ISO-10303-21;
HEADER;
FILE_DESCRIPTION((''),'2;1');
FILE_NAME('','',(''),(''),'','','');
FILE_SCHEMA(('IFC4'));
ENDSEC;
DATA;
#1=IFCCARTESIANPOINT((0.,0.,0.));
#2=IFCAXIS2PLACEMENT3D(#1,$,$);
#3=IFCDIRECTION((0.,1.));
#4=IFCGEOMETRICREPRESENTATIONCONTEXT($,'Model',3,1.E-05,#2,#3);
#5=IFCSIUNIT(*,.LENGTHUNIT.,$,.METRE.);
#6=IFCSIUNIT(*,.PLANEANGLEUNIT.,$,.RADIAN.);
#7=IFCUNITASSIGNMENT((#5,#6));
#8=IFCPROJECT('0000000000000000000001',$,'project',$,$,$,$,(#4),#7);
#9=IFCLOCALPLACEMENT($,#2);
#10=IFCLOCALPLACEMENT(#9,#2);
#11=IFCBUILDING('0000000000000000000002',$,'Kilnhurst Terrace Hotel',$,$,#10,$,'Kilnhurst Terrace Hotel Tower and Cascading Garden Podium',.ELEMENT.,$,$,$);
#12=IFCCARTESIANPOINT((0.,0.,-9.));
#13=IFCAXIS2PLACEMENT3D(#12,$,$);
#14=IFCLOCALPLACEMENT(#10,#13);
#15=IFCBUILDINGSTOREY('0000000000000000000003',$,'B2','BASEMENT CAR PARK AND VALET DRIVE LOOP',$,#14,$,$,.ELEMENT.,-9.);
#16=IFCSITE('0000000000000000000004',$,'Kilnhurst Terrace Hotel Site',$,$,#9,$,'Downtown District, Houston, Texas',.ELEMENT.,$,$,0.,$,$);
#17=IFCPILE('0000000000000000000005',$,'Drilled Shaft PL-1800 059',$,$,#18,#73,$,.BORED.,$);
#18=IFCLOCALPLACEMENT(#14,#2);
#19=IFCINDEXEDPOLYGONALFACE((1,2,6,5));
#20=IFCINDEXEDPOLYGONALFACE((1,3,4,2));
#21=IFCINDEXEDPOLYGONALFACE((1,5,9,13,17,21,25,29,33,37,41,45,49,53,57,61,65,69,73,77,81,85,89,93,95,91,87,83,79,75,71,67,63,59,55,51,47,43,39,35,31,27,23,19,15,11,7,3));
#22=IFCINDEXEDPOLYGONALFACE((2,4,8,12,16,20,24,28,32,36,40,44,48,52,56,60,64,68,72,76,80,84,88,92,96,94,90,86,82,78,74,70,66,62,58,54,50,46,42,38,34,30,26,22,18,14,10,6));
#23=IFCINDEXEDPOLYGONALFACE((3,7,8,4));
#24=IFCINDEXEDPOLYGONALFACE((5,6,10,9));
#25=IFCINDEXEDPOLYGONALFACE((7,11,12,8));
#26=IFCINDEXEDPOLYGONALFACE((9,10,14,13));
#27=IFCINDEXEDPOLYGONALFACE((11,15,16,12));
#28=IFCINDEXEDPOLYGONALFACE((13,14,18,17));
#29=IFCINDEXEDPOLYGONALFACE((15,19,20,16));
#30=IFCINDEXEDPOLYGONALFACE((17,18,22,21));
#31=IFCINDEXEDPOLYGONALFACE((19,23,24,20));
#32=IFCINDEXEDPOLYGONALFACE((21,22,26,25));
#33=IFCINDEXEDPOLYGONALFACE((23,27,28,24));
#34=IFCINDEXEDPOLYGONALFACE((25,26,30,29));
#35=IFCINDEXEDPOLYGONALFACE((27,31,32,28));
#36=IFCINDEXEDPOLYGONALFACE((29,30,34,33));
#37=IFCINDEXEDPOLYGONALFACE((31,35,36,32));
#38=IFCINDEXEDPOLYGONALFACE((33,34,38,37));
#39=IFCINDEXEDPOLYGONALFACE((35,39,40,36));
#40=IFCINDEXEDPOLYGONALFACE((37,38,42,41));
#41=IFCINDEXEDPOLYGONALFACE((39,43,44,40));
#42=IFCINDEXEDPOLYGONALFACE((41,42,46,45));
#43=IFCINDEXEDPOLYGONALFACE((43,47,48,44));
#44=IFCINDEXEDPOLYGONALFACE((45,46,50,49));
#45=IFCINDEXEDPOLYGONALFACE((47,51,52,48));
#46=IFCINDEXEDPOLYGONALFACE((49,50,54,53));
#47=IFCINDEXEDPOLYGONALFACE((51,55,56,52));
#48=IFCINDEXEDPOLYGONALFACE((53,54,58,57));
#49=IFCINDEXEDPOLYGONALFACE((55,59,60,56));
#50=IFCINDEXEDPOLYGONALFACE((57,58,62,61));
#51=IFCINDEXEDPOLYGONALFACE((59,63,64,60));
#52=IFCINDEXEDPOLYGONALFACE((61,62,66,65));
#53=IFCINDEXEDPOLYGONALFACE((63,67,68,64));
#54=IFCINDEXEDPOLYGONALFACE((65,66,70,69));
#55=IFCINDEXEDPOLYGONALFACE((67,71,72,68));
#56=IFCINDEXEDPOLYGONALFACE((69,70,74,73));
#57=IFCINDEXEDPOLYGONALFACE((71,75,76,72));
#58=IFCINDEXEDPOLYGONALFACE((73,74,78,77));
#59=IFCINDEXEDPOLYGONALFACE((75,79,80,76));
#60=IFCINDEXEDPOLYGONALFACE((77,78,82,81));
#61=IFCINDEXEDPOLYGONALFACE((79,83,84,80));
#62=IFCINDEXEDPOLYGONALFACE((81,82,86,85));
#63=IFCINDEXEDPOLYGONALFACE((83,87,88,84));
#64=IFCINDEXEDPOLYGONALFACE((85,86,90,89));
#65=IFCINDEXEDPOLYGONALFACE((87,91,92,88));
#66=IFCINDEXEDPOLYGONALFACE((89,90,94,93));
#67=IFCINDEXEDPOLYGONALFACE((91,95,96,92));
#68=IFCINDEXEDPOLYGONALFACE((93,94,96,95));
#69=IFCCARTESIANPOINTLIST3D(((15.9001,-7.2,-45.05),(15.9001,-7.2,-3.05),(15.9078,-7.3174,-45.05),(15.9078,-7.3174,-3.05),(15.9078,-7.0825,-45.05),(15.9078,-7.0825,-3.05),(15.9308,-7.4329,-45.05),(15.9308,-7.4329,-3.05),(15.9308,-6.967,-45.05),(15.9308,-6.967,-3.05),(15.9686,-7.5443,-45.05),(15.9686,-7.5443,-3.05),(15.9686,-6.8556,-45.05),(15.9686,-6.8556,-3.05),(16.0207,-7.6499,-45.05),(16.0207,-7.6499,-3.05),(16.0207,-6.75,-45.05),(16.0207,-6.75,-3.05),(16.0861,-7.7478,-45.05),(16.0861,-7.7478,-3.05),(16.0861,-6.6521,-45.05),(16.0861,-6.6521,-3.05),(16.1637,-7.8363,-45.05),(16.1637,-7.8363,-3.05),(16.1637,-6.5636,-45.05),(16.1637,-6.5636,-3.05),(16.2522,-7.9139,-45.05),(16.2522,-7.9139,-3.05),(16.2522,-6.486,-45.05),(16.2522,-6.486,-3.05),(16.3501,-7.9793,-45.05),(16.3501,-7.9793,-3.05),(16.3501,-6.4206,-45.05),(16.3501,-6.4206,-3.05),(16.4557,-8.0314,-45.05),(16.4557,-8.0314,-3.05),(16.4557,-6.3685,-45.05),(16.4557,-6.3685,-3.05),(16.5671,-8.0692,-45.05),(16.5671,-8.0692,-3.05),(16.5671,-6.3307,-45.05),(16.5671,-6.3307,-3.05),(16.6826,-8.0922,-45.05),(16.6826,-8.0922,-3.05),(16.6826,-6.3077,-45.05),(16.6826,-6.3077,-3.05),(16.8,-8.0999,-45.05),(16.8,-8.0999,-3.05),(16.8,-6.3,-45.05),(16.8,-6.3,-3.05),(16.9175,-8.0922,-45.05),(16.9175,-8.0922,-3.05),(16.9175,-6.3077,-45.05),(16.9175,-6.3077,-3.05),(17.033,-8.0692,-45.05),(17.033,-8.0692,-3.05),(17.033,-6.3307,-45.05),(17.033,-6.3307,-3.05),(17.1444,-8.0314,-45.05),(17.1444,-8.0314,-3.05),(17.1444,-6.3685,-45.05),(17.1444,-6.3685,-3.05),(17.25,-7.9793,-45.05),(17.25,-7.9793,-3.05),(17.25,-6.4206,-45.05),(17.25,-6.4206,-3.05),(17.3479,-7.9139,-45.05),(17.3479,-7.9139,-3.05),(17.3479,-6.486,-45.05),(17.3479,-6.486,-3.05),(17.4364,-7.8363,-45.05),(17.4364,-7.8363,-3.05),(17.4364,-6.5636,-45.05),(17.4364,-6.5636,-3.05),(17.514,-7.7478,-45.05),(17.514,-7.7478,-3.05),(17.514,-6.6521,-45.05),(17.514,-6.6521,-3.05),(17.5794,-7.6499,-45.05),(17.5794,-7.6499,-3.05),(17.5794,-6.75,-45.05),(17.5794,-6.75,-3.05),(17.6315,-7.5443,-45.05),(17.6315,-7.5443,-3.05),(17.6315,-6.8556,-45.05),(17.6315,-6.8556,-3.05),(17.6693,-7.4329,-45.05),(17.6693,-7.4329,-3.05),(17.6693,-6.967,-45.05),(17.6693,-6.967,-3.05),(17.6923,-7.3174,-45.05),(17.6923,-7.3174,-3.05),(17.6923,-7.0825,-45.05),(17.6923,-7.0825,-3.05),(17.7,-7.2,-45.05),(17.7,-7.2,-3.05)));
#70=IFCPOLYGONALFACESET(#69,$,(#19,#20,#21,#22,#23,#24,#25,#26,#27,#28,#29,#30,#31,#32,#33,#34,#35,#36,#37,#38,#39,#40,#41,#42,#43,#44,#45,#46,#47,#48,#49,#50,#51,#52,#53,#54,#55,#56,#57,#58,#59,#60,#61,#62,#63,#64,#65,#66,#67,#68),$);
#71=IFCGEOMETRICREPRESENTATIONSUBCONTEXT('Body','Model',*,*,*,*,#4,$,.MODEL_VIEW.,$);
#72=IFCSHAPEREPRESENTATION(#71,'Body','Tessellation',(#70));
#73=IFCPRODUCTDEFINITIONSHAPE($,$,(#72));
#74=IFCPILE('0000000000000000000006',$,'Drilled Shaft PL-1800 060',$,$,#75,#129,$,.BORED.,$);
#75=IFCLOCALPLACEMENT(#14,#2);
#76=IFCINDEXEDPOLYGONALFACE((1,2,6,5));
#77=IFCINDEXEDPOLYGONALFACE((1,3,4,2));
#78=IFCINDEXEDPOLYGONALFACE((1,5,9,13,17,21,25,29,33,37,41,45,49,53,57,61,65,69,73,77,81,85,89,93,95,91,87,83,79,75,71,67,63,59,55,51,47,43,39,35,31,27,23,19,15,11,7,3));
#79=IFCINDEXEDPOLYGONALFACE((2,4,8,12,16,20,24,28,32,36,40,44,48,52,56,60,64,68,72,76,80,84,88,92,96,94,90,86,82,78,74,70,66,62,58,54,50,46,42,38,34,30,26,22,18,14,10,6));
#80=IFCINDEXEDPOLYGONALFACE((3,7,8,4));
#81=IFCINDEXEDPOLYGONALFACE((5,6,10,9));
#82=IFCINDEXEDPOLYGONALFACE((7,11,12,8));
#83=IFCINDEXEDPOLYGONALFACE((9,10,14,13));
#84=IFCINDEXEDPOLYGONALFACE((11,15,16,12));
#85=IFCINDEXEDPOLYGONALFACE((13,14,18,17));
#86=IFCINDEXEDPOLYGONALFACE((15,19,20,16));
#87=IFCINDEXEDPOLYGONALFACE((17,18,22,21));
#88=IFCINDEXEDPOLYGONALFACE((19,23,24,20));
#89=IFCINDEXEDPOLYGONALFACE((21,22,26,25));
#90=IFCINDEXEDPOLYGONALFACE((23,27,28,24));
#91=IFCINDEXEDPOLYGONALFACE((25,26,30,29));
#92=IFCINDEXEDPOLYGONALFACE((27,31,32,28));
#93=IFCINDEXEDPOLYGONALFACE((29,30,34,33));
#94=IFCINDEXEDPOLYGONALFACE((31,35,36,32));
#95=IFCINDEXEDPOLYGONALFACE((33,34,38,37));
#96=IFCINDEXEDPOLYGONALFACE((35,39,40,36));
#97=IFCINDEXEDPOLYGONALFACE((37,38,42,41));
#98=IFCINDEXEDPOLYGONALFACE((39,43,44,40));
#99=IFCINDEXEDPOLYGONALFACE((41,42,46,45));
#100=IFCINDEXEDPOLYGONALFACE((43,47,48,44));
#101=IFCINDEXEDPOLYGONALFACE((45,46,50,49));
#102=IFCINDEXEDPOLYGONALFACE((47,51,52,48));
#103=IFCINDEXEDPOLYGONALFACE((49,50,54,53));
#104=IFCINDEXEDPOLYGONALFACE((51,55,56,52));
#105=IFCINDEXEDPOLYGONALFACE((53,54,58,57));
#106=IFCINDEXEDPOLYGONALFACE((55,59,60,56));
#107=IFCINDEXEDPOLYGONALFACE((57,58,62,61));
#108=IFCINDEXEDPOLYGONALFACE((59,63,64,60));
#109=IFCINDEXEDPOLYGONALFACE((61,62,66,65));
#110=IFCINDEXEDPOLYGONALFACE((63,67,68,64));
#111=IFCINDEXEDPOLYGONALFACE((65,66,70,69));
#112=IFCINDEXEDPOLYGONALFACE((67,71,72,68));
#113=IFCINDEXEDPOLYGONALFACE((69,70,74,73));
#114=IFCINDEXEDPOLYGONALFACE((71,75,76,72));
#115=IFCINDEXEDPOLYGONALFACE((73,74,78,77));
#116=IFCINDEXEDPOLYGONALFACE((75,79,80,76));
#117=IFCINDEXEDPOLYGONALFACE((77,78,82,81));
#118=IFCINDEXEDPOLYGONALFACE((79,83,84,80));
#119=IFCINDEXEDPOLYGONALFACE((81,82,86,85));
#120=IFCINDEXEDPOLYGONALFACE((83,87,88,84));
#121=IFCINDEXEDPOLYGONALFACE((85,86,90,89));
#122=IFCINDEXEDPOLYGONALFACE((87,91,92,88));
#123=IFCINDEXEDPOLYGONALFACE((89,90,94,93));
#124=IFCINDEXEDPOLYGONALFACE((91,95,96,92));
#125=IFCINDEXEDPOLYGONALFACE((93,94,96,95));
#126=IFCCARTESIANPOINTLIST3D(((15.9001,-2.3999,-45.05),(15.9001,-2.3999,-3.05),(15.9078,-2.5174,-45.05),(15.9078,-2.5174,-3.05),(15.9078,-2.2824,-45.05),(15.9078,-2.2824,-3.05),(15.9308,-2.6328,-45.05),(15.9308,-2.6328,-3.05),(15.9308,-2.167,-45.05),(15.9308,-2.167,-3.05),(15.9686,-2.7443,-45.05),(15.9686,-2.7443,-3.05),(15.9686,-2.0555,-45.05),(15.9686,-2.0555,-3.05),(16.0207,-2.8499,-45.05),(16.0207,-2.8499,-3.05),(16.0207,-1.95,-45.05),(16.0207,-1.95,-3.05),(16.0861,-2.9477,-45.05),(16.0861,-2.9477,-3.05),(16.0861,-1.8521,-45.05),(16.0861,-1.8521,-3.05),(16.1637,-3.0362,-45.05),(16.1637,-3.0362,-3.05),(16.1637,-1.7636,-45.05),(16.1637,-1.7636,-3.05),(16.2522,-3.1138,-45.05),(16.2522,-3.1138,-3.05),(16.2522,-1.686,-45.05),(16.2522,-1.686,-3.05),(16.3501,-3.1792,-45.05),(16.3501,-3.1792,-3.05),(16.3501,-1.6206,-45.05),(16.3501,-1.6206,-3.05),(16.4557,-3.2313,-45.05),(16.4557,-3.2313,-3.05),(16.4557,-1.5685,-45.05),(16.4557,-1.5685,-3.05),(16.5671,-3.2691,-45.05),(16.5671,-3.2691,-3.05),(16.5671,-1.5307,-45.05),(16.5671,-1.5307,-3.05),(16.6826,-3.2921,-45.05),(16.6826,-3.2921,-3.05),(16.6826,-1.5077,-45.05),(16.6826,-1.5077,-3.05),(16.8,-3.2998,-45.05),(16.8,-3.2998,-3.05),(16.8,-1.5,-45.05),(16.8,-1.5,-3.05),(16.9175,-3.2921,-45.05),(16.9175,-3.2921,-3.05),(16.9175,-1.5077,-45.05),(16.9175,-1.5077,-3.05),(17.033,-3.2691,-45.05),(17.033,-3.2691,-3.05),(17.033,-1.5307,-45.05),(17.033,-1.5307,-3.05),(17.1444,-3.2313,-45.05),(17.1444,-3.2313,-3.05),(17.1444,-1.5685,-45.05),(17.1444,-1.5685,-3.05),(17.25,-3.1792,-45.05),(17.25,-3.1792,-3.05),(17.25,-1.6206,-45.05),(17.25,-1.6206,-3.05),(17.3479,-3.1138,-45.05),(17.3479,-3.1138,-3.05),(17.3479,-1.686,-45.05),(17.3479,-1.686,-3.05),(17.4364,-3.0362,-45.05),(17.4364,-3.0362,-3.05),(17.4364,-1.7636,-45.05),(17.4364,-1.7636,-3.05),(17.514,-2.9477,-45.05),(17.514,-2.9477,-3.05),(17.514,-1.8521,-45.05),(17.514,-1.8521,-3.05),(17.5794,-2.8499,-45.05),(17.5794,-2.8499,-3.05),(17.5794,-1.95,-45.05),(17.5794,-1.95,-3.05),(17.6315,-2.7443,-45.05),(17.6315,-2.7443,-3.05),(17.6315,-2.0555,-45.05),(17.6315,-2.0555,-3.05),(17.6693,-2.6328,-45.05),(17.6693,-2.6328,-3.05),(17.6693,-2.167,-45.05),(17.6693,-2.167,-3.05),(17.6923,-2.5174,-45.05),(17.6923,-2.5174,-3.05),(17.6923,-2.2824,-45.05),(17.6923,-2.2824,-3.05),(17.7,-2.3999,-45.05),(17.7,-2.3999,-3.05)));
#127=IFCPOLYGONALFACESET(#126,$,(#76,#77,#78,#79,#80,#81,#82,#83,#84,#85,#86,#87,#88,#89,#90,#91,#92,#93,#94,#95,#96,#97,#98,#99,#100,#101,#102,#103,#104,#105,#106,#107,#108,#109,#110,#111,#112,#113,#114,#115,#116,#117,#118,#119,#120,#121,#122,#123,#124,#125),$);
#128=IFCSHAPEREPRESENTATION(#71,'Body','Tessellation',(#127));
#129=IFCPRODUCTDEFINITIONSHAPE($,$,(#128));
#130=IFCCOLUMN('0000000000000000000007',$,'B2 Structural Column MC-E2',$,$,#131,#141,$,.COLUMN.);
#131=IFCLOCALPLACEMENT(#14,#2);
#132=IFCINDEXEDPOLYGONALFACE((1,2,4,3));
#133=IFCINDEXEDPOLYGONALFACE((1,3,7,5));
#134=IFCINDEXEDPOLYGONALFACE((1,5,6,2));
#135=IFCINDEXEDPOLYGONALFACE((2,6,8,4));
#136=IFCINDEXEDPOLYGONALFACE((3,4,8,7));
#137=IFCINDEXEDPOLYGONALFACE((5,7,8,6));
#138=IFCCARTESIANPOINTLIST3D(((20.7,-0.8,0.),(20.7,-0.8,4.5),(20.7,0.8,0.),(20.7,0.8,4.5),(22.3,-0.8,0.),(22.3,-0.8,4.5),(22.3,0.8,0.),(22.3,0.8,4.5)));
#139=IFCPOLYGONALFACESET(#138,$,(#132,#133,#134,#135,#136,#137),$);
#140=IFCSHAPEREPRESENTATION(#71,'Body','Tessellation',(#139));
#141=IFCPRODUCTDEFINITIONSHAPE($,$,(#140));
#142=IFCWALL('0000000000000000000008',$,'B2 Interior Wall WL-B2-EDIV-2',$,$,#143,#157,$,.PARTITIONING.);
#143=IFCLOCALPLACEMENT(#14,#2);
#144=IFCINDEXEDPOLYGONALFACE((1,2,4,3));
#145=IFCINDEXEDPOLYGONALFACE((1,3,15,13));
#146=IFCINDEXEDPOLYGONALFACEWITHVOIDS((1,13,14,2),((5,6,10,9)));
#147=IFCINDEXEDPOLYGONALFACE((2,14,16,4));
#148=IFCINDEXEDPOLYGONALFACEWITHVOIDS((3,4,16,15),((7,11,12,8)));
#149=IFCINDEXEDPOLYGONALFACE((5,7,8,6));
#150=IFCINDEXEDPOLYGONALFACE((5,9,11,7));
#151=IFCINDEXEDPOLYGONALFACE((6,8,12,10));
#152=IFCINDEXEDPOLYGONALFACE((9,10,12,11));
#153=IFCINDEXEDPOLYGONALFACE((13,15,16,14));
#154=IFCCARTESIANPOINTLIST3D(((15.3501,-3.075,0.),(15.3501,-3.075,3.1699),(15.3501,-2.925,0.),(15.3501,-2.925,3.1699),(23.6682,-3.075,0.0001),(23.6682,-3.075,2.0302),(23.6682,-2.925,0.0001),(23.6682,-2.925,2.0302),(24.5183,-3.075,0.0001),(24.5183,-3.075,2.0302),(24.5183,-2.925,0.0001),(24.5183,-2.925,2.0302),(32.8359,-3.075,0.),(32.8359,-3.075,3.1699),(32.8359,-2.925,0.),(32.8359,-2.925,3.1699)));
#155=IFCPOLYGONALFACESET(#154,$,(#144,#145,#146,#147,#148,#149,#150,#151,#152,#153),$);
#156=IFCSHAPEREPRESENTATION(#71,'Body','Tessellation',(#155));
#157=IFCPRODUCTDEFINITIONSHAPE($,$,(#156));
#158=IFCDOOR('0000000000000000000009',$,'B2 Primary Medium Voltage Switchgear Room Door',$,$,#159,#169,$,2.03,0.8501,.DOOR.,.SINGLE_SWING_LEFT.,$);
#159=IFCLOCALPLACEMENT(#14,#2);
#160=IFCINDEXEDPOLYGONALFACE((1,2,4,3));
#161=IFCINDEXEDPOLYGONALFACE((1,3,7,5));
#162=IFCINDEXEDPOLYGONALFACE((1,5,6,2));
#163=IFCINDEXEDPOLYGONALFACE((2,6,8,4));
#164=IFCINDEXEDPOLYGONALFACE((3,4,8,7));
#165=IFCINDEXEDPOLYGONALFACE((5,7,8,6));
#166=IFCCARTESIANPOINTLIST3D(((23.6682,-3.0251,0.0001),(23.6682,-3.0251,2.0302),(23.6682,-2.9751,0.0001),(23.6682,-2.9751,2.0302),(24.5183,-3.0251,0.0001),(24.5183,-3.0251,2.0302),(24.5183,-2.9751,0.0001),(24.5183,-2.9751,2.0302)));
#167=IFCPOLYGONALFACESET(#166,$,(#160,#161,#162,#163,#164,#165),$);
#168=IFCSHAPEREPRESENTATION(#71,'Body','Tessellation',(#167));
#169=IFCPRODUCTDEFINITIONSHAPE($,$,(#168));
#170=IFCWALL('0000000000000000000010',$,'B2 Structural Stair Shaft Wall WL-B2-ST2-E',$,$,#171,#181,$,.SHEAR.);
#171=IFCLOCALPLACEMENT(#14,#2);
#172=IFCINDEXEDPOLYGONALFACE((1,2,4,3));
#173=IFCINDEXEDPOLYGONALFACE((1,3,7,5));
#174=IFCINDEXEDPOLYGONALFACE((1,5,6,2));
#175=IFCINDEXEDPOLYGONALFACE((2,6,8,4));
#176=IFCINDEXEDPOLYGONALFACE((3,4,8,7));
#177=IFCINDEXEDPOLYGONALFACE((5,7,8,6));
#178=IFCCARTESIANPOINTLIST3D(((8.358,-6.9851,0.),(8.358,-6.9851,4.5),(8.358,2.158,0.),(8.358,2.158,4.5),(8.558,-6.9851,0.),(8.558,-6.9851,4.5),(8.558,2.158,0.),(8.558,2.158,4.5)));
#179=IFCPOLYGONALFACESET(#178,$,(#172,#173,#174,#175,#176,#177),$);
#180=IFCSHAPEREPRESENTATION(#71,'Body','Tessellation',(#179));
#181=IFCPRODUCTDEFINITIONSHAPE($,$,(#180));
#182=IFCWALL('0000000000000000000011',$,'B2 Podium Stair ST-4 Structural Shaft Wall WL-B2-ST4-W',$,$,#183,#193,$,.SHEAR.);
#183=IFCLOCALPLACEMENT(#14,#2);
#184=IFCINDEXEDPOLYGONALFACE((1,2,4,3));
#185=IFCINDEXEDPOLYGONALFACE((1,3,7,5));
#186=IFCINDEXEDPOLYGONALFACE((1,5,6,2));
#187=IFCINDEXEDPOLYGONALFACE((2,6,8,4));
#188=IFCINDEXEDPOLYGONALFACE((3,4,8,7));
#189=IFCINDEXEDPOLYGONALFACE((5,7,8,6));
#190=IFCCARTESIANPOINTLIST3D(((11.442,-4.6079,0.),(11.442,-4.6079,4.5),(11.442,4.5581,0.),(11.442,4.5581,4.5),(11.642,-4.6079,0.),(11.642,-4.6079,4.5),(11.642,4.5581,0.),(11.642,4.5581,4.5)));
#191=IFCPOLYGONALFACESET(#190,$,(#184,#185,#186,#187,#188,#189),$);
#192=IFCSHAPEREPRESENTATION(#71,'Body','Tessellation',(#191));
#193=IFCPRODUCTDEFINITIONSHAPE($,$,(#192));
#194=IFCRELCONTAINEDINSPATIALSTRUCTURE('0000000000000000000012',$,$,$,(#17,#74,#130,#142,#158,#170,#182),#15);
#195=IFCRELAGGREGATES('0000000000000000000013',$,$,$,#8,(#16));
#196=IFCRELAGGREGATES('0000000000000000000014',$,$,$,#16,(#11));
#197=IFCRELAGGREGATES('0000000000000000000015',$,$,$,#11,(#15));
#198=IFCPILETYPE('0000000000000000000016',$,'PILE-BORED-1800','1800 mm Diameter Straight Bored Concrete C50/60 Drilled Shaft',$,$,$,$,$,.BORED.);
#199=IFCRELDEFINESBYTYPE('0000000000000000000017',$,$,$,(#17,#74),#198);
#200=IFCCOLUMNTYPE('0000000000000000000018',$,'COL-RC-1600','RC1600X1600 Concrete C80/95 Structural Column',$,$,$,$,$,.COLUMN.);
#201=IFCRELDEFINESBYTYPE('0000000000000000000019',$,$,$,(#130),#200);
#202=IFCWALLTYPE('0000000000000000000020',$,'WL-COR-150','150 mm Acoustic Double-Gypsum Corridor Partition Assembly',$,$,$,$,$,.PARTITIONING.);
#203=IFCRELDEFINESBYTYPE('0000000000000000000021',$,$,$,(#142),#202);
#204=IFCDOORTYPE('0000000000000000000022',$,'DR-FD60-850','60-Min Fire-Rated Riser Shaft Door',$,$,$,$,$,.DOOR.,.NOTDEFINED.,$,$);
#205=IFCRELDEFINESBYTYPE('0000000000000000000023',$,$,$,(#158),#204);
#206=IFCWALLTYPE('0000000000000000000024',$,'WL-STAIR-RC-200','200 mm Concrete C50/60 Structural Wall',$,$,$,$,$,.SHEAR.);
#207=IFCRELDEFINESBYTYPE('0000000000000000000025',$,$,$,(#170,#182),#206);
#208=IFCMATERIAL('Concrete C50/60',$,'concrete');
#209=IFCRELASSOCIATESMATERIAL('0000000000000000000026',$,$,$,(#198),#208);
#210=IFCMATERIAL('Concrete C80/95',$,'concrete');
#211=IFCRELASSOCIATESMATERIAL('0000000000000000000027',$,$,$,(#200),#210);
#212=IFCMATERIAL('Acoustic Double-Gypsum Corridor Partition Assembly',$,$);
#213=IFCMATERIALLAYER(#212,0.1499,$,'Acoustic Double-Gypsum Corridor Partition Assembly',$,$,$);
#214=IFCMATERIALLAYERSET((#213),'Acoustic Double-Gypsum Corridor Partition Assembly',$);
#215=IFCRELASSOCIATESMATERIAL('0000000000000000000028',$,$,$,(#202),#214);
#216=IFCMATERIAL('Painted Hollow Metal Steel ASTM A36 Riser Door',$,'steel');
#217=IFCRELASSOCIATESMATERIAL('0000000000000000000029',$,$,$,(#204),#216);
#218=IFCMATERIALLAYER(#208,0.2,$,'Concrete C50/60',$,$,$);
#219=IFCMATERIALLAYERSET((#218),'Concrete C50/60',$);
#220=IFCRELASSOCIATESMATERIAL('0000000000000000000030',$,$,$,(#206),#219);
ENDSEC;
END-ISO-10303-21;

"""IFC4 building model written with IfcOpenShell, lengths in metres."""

from ifc_helpers import new_model, si_unit, direction, frame, frame_2d, origin, origin_2d, place, context, subcontext, project, spatial, rectangle, circle, extrude, material, layer, layer_set, material_profile, profile_set, type_object, element, fill, save


model = new_model("IFC4")

# Units and contexts
model_context = context("Model", 3, precision=1e-05, world=origin(), true_north=direction((0.0, 1.0)))
body_context = subcontext(model_context, "Body", "Model", "MODEL_VIEW")
ifc_project = project(units=[si_unit("LENGTHUNIT", "METRE"), si_unit("PLANEANGLEUNIT", "RADIAN")], contexts=[model_context])

# Site, building, storey
site_placement = place(None, origin())
site = spatial("IfcSite", under=ifc_project, at=site_placement, Name="Kilnhurst Terrace Hotel Site", LongName="Downtown District, Houston, Texas", CompositionType="ELEMENT", RefElevation=0.0)
building_placement = place(site_placement, origin())
building = spatial("IfcBuilding", under=site, at=building_placement, Name="Kilnhurst Terrace Hotel", LongName="Kilnhurst Terrace Hotel Tower and Cascading Garden Podium", CompositionType="ELEMENT")
storey_placement = place(building_placement, frame((0.0, 0.0, -9.0)))
storey = spatial("IfcBuildingStorey", under=building, at=storey_placement, Name="B2", Description="BASEMENT CAR PARK AND VALET DRIVE LOOP", CompositionType="ELEMENT", Elevation=-9.0)

# Piles
ifc_material_1 = material(Name="Concrete C50/60", Category="concrete")
ifc_material_profile_1 = material_profile(ifc_material_1, circle(Radius=0.8999, at=origin_2d()), Name="PILE1800")
ifc_profile_set_1 = profile_set([ifc_material_profile_1], Name="Concrete C50/60")
pile_type_1 = type_object("IfcPileType", Name="PILE-BORED-1800", Description="1800 mm Diameter Straight Bored Concrete C50/60 Drilled Shaft", PredefinedType="BORED", material=ifc_profile_set_1)
for number, where, z_axis, x_axis, name in (
    (1, (16.8, -7.2, -3.05), (0.0, 0.0, -1.0), (1.0, 0.0, 0.0), "Drilled Shaft PL-1800 059"),
    (2, (16.8, -2.3999, -3.05), (0.0, 0.0, -1.0), (1.0, 0.0, 0.0), "Drilled Shaft PL-1800 060"),
):
    element("IfcPile", number, at=place(storey_placement, frame(where, z_axis=z_axis, x_axis=x_axis)), inside=storey, type_object=pile_type_1, Name=name, PredefinedType="BORED", context=body_context, shape_type="SweptSolid", body=[
        extrude(circle(Radius=0.8999, at=origin_2d()), origin(), (0.0, 0.0, 1.0), 42.0),
    ])

# Column
ifc_material_2 = material(Name="Concrete C80/95", Category="concrete")
ifc_material_profile_2 = material_profile(ifc_material_2, rectangle(XDim=1.6001, YDim=1.6001, at=origin_2d()), Name="RC1600X1600")
ifc_profile_set_2 = profile_set([ifc_material_profile_2], Name="Concrete C80/95")
column_type = type_object("IfcColumnType", Name="COL-RC-1600", Description="RC1600X1600 Concrete C80/95 Structural Column", PredefinedType="COLUMN", material=ifc_profile_set_2)
column_placement = place(storey_placement, frame((21.5, 0.0, 0.0), z_axis=(0.0, 0.0, 1.0), x_axis=(1.0, 0.0, 0.0)))
element("IfcColumn", 3, at=column_placement, inside=storey, type_object=column_type, Name="B2 Structural Column MC-E2", PredefinedType="COLUMN", context=body_context, shape_type="SweptSolid", body=[
    extrude(rectangle(XDim=1.6001, YDim=1.6001, at=origin_2d()), origin(), (0.0, 0.0, 1.0), 4.5),
])

# Wall, opening, door
ifc_material_3 = material(Name="Acoustic Double-Gypsum Corridor Partition Assembly")
ifc_layer_1 = layer(ifc_material_3, 0.1499, Name="Acoustic Double-Gypsum Corridor Partition Assembly")
ifc_layer_set_1 = layer_set([ifc_layer_1], Name="Acoustic Double-Gypsum Corridor Partition Assembly")
wall_type_1 = type_object("IfcWallType", Name="WL-COR-150", Description="150 mm Acoustic Double-Gypsum Corridor Partition Assembly", PredefinedType="PARTITIONING", material=ifc_layer_set_1)
wall_1_placement = place(storey_placement, frame((15.3501, -3.0, 0.0), z_axis=(0.0, 0.0, 1.0), x_axis=(1.0, 0.0, 0.0)))
wall_1 = element("IfcWall", 4, at=wall_1_placement, inside=storey, type_object=wall_type_1, Name="B2 Interior Wall WL-B2-EDIV-2", PredefinedType="PARTITIONING", context=body_context, shape_type="SweptSolid", body=[
    extrude(rectangle(XDim=17.4858, YDim=0.1499, at=frame_2d((8.7429, 0.0))), origin(), (0.0, 0.0, 1.0), 3.1699),
])
opening_1_placement = place(wall_1_placement, frame((8.3181, 0.0, 0.0)))
opening_1 = element("IfcOpeningElement", 5, at=opening_1_placement, cuts=wall_1, PredefinedType="OPENING", context=body_context, shape_type="SweptSolid", body=[
    extrude(rectangle(XDim=0.8501, YDim=2.03, at=frame_2d((0.425, 1.0151))), frame((0.0, 0.085, 0.0), z_axis=(0.0, -1.0, 0.0), x_axis=(1.0, 0.0, 0.0)), (0.0, 0.0, 1.0), 0.1699),
])
ifc_material_4 = material(Name="Painted Hollow Metal Steel ASTM A36 Riser Door", Category="steel")
door_type_1 = type_object("IfcDoorType", Name="DR-FD60-850", Description="60-Min Fire-Rated Riser Shaft Door", OperationType="NOTDEFINED", PredefinedType="DOOR", material=ifc_material_4)
door_1_placement = place(opening_1_placement, origin())
door_1 = element("IfcDoor", 6, at=door_1_placement, inside=storey, type_object=door_type_1, Name="B2 Primary Medium Voltage Switchgear Room Door", OperationType="SINGLE_SWING_LEFT", OverallHeight=2.03, OverallWidth=0.8501, PredefinedType="DOOR", context=body_context, shape_type="SweptSolid", body=[
    extrude(rectangle(XDim=0.8501, YDim=2.03, at=frame_2d((0.425, 1.0151))), frame((0.0, 0.0249, 0.0), z_axis=(0.0, -1.0, 0.0), x_axis=(1.0, 0.0, 0.0)), (0.0, 0.0, 1.0), 0.05),
])
fill(opening_1, door_1)

# Walls
ifc_layer_2 = layer(ifc_material_1, 0.2, Name="Concrete C50/60")
ifc_layer_set_2 = layer_set([ifc_layer_2], Name="Concrete C50/60")
wall_type_2 = type_object("IfcWallType", Name="WL-STAIR-RC-200", Description="200 mm Concrete C50/60 Structural Wall", PredefinedType="SHEAR", material=ifc_layer_set_2)
wall_2_placement = place(storey_placement, frame((8.458, -6.9851, 0.0), z_axis=(0.0, 0.0, 1.0), x_axis=(0.0, 1.0, 0.0)))
element("IfcWall", 7, at=wall_2_placement, inside=storey, type_object=wall_type_2, Name="B2 Structural Stair Shaft Wall WL-B2-ST2-E", PredefinedType="SHEAR", context=body_context, shape_type="SweptSolid", body=[
    extrude(rectangle(XDim=9.1431, YDim=0.2, at=frame_2d((4.5715, 0.0))), origin(), (0.0, 0.0, 1.0), 4.5),
])
for number, where, z_axis, x_axis, name in (
    (8, (11.542, -4.6079, 0.0), (0.0, 0.0, 1.0), (0.0, 1.0, 0.0), "B2 Podium Stair ST-4 Structural Shaft Wall WL-B2-ST4-W"),
):
    element("IfcWall", number, at=place(storey_placement, frame(where, z_axis=z_axis, x_axis=x_axis)), inside=storey, type_object=wall_type_2, Name=name, PredefinedType="SHEAR", context=body_context, shape_type="SweptSolid", body=[
        extrude(rectangle(XDim=9.166, YDim=0.2, at=frame_2d((4.583, 0.0))), origin(), (0.0, 0.0, 1.0), 4.5),
    ])

save(model, "model.ifc")
